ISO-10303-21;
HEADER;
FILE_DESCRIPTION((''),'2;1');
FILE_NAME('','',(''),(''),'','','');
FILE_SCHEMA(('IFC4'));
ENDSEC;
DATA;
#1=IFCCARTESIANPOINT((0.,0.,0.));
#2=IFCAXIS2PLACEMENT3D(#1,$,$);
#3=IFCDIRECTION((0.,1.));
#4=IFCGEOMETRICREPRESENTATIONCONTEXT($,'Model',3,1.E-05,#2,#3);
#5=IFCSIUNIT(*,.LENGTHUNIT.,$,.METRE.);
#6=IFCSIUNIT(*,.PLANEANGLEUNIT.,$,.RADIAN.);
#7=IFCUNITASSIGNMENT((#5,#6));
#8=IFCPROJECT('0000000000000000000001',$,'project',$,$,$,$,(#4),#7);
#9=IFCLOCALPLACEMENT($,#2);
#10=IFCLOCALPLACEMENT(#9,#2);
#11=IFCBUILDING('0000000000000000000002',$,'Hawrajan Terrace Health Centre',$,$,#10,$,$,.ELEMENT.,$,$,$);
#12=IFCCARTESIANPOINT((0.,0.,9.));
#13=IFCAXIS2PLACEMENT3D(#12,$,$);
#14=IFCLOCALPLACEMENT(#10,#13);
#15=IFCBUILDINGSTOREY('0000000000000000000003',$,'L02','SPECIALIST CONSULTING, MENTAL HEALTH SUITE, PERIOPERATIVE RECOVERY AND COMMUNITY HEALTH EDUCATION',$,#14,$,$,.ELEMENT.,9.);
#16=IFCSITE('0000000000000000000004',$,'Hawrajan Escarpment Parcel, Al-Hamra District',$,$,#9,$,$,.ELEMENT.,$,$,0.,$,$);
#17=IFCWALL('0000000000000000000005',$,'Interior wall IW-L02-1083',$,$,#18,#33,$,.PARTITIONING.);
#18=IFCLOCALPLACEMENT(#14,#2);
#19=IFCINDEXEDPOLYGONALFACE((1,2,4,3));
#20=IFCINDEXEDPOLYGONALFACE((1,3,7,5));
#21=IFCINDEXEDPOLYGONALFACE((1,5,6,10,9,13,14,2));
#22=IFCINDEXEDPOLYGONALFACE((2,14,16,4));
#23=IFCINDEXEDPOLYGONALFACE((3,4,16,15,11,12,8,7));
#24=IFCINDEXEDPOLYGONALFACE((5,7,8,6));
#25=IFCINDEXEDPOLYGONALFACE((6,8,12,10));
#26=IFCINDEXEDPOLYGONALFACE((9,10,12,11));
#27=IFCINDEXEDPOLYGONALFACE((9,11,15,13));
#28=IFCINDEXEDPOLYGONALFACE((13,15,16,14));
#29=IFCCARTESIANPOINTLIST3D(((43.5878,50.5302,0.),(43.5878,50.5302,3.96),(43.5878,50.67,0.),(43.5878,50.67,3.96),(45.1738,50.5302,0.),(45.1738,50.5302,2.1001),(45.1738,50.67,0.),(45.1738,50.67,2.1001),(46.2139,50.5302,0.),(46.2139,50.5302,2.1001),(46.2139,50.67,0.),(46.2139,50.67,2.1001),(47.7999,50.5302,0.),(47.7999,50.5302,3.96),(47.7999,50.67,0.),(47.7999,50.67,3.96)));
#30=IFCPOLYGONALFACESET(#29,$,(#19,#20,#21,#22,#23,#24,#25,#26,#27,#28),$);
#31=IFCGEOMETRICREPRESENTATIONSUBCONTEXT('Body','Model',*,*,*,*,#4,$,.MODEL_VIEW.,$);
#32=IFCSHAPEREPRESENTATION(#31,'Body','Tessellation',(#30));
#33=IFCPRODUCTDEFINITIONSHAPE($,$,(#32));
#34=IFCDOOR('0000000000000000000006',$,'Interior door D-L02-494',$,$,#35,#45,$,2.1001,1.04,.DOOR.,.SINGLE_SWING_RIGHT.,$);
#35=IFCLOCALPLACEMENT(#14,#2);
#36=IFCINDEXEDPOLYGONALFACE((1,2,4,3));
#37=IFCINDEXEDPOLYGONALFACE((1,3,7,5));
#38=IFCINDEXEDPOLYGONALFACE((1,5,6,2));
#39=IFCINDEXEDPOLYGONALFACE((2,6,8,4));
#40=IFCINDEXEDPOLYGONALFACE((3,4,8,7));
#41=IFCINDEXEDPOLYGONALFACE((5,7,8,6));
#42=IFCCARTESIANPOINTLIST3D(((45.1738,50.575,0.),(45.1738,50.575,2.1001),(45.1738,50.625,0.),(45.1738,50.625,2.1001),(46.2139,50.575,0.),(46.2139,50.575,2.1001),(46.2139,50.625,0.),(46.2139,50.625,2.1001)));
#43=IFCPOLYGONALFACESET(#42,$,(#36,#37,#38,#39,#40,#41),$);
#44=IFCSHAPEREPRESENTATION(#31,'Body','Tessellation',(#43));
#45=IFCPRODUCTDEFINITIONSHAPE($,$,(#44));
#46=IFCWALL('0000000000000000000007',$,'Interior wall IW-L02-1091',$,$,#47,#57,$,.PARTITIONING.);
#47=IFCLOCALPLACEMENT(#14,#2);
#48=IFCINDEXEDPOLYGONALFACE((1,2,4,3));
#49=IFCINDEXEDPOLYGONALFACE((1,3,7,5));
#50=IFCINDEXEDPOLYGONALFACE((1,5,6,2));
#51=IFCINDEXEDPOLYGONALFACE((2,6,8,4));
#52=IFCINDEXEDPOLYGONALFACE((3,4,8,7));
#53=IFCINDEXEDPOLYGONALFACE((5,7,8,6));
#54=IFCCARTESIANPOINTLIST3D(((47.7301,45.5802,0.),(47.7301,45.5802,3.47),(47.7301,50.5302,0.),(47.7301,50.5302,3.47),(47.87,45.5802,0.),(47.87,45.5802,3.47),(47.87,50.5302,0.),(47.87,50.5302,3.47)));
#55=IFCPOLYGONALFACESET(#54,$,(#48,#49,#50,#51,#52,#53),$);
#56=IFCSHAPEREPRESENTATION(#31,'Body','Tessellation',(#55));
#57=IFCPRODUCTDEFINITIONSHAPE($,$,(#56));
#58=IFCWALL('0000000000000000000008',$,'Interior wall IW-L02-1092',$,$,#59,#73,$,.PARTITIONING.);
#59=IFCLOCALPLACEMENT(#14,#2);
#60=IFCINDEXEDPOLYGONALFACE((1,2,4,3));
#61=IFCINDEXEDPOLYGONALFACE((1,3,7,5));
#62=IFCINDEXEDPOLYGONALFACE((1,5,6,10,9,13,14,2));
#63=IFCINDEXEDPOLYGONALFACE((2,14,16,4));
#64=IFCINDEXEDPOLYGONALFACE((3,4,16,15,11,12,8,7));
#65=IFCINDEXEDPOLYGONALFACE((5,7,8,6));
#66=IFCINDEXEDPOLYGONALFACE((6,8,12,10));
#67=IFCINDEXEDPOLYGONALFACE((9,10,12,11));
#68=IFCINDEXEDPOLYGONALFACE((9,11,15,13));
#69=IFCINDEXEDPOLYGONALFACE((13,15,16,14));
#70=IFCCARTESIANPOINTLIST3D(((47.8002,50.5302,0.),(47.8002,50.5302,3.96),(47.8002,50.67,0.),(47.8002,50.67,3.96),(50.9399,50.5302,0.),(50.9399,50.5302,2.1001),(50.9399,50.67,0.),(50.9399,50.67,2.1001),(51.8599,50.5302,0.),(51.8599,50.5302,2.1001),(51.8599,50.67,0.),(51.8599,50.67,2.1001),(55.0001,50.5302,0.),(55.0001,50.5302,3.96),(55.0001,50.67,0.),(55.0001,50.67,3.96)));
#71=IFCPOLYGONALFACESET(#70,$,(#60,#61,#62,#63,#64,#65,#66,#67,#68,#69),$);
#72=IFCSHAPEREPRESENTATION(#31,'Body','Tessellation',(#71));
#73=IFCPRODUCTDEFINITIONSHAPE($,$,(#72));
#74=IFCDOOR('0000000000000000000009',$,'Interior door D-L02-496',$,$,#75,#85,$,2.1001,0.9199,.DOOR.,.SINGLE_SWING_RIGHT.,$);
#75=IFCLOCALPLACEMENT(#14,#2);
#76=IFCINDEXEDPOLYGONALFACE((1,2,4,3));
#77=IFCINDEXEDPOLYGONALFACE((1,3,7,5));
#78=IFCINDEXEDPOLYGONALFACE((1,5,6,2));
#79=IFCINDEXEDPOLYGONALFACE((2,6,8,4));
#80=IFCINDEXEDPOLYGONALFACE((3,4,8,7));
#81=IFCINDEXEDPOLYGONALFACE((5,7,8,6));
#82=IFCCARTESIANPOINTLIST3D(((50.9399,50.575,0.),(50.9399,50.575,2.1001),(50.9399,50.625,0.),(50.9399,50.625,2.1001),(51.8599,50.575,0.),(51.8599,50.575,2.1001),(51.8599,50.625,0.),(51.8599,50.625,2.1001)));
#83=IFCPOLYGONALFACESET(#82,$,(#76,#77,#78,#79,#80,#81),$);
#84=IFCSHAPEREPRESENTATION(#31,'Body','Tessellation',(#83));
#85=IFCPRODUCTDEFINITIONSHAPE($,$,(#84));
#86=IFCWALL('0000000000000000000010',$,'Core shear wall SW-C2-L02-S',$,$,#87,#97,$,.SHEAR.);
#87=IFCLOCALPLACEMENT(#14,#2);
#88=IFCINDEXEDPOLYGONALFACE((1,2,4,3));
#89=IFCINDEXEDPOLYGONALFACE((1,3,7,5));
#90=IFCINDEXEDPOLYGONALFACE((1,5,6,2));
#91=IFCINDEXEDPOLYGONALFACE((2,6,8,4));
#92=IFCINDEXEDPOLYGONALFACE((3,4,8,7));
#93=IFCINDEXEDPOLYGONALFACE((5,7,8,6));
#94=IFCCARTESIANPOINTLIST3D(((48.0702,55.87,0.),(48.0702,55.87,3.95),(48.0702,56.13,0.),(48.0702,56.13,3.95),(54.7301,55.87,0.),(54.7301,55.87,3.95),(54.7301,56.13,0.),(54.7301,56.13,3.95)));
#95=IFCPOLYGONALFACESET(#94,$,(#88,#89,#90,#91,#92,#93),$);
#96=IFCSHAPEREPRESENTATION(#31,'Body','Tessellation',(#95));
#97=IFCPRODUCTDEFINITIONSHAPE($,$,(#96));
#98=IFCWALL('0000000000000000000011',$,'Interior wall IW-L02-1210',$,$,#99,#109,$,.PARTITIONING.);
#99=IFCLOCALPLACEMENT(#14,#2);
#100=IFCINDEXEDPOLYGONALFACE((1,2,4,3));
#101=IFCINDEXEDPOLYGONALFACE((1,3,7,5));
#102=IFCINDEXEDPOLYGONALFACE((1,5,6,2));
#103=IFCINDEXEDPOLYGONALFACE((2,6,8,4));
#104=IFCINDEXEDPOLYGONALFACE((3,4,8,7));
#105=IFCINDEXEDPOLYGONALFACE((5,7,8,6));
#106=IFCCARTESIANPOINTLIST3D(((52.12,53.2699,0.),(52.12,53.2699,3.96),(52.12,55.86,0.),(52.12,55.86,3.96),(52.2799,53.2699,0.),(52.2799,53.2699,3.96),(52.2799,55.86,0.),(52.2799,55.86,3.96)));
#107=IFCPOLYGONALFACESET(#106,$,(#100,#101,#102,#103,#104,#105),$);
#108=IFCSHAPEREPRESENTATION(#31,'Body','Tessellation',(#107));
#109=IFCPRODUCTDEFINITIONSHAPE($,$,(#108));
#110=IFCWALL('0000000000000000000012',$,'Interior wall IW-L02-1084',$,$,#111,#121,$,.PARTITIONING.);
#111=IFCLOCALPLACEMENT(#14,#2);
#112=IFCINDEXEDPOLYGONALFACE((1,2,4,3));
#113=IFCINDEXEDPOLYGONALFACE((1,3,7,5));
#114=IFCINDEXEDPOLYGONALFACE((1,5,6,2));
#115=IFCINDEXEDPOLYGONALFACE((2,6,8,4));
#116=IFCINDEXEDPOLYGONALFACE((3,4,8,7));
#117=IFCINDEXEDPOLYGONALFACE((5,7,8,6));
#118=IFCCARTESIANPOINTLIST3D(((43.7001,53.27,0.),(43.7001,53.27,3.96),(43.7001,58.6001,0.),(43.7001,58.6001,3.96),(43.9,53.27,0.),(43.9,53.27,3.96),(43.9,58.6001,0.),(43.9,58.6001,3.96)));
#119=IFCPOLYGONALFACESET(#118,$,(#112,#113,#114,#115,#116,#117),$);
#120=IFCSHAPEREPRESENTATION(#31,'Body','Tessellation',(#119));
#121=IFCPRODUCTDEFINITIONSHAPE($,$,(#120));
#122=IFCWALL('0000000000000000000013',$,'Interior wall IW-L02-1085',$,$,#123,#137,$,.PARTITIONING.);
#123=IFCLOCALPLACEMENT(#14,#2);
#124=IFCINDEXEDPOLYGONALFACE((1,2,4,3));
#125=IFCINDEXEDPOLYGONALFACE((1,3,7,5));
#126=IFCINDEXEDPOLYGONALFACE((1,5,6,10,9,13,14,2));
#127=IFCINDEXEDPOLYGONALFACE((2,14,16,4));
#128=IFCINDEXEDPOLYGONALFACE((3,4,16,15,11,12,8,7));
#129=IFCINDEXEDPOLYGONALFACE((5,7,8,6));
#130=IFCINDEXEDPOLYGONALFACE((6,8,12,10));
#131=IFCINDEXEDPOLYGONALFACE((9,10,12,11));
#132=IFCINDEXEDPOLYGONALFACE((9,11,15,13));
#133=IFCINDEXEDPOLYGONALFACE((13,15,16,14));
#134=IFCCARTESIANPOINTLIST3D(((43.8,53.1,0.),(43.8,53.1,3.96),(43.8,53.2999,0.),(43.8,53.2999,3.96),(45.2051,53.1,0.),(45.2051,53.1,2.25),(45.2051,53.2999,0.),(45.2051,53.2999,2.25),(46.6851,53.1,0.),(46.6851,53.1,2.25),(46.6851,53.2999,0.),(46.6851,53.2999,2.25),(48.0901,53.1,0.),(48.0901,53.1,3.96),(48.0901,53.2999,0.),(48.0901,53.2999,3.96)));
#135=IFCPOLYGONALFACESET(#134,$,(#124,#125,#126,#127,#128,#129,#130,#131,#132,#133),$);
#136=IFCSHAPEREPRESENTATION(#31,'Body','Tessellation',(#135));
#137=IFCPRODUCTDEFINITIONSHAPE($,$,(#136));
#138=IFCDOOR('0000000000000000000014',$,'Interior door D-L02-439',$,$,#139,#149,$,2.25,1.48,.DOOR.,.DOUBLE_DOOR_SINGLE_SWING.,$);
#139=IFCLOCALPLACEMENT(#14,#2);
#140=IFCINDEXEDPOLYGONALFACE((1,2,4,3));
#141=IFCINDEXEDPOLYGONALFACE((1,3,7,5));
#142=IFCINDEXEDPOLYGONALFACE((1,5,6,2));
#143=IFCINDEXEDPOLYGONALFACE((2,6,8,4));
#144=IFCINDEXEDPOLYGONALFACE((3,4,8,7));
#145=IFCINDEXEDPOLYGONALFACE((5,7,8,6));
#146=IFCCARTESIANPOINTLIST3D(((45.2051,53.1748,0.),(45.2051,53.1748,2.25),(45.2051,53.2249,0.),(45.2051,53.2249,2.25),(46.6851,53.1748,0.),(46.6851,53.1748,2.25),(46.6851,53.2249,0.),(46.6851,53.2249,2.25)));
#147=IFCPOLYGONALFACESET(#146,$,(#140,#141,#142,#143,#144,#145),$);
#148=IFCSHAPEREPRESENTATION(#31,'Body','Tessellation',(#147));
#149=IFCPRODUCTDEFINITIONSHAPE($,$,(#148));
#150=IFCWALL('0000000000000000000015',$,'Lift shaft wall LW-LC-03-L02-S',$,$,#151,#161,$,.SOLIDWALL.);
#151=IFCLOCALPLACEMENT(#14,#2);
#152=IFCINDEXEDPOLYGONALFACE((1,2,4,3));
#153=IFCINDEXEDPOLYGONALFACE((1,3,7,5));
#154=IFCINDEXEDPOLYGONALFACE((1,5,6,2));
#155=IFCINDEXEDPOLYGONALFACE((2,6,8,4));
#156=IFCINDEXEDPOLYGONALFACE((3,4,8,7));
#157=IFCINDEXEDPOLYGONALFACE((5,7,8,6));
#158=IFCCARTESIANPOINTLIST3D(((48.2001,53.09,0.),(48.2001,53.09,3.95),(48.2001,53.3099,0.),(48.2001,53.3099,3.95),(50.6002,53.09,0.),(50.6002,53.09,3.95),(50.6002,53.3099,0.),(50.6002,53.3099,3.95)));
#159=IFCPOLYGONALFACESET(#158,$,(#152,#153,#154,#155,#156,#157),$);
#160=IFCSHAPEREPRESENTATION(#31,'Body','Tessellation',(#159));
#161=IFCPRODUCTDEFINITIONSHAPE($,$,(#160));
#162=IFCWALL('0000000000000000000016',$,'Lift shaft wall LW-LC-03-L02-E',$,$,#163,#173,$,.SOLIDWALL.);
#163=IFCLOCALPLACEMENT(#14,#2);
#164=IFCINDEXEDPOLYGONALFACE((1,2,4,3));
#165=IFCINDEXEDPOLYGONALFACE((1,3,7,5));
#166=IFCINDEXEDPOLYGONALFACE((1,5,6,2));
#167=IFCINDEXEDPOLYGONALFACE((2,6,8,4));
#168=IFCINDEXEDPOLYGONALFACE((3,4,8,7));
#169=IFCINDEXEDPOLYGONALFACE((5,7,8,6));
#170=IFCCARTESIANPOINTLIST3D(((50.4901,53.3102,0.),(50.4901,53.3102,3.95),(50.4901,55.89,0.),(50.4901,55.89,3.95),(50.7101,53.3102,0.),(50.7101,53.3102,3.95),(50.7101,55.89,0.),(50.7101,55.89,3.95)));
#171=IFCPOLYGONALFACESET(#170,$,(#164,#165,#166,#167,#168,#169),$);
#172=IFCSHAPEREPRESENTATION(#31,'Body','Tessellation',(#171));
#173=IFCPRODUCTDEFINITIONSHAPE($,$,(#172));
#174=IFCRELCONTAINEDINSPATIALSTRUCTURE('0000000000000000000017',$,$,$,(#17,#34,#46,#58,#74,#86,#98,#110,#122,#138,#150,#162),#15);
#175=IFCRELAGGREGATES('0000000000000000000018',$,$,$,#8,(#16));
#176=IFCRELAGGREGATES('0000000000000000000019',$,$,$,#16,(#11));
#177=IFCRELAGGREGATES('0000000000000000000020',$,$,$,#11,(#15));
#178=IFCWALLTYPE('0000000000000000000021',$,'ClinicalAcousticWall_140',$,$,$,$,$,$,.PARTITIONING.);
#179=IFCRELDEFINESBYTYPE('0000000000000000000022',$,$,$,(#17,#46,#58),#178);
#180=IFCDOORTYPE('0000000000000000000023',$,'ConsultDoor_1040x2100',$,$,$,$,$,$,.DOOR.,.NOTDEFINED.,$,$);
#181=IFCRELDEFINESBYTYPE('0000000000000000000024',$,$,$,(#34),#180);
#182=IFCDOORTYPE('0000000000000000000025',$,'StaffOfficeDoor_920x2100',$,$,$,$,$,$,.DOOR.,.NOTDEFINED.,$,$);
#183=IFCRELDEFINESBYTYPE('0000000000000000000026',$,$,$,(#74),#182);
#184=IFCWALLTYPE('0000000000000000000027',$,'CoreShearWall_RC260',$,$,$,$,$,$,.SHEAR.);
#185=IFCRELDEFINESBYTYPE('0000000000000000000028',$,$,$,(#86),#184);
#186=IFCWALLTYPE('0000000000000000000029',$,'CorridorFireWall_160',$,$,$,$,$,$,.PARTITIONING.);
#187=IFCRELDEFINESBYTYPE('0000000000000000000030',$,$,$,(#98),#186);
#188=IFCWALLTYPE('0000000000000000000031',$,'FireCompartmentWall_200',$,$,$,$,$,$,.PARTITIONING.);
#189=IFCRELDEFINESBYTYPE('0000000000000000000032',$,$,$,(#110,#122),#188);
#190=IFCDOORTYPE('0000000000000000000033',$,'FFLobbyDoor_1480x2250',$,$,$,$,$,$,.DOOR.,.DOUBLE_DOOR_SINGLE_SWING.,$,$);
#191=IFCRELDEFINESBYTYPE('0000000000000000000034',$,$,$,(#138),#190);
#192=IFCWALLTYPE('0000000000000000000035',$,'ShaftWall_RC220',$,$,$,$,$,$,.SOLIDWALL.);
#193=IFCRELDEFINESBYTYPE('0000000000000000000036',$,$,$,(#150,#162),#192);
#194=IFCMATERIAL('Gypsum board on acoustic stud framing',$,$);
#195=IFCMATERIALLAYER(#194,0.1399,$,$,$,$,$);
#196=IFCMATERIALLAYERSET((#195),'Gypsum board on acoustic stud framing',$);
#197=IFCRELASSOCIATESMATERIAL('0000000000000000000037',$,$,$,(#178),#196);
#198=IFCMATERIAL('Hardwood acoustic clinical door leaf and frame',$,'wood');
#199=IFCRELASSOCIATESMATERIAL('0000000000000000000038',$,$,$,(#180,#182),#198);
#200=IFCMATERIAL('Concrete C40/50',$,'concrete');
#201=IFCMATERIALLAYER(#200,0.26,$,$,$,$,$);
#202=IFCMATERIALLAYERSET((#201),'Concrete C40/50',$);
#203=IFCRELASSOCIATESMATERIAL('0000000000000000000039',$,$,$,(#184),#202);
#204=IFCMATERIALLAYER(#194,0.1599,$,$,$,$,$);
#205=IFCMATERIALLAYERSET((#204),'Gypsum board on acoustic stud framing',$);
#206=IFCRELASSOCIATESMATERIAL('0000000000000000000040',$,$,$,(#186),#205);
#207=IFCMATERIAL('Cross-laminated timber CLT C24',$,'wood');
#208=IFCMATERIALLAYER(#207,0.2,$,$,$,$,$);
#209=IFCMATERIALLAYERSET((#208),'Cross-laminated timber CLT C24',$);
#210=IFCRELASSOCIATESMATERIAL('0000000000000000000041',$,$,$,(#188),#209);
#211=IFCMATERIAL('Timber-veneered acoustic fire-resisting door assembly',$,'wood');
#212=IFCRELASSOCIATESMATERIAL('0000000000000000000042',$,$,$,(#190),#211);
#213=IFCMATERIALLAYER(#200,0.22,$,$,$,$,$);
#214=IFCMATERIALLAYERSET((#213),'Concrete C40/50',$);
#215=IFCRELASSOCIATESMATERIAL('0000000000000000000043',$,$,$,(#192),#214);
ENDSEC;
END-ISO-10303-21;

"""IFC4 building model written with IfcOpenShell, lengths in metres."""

from ifc_helpers import new_model, si_unit, direction, frame, frame_2d, origin, place, context, subcontext, project, spatial, rectangle, extrude, material, layer, layer_set, type_object, element, fill, save


model = new_model("IFC4")

# Units and contexts
model_context = context("Model", 3, precision=1e-05, world=origin(), true_north=direction((0.0, 1.0)))
body_context = subcontext(model_context, "Body", "Model", "MODEL_VIEW")
ifc_project = project(units=[si_unit("LENGTHUNIT", "METRE"), si_unit("PLANEANGLEUNIT", "RADIAN")], contexts=[model_context])

# Site, building, storey
site_placement = place(None, origin())
site = spatial("IfcSite", under=ifc_project, at=site_placement, Name="Hawrajan Escarpment Parcel, Al-Hamra District", CompositionType="ELEMENT", RefElevation=0.0)
building_placement = place(site_placement, origin())
building = spatial("IfcBuilding", under=site, at=building_placement, Name="Hawrajan Terrace Health Centre", CompositionType="ELEMENT")
storey_placement = place(building_placement, frame((0.0, 0.0, 9.0)))
storey = spatial("IfcBuildingStorey", under=building, at=storey_placement, Name="L02", Description="SPECIALIST CONSULTING, MENTAL HEALTH SUITE, PERIOPERATIVE RECOVERY AND COMMUNITY HEALTH EDUCATION", CompositionType="ELEMENT", Elevation=9.0)

# Wall, opening, door
ifc_material_1 = material(Name="Gypsum board on acoustic stud framing")
ifc_layer_1 = layer(ifc_material_1, 0.1399)
ifc_layer_set_1 = layer_set([ifc_layer_1], Name="Gypsum board on acoustic stud framing")
wall_type_1 = type_object("IfcWallType", Name="ClinicalAcousticWall_140", PredefinedType="PARTITIONING", material=ifc_layer_set_1)
wall_1_placement = place(storey_placement, frame((43.5879, 50.6001, 0.0), z_axis=(0.0, 0.0, 1.0), x_axis=(1.0, 0.0, 0.0)))
wall_1 = element("IfcWall", 1, at=wall_1_placement, inside=storey, type_object=wall_type_1, Name="Interior wall IW-L02-1083", PredefinedType="PARTITIONING", context=body_context, shape_type="SweptSolid", body=[
    extrude(rectangle(XDim=4.2122, YDim=0.1399, at=frame_2d((2.106, 0.0))), origin(), (0.0, 0.0, 1.0), 3.96),
])
opening_1_placement = place(wall_1_placement, frame((1.5859, 0.0, 0.0)))
opening_1 = element("IfcOpeningElement", 2, at=opening_1_placement, cuts=wall_1, PredefinedType="OPENING", context=body_context, shape_type="SweptSolid", body=[
    extrude(rectangle(XDim=1.04, YDim=2.1001, at=frame_2d((0.52, 1.05))), frame((0.0, 0.0798, 0.0), z_axis=(0.0, -1.0, 0.0), x_axis=(1.0, 0.0, 0.0)), (0.0, 0.0, 1.0), 0.1599),
])
ifc_material_2 = material(Name="Hardwood acoustic clinical door leaf and frame", Category="wood")
door_type_1 = type_object("IfcDoorType", Name="ConsultDoor_1040x2100", OperationType="NOTDEFINED", PredefinedType="DOOR", material=ifc_material_2)
door_1_placement = place(opening_1_placement, origin())
door_1 = element("IfcDoor", 3, at=door_1_placement, inside=storey, type_object=door_type_1, Name="Interior door D-L02-494", OperationType="SINGLE_SWING_RIGHT", OverallHeight=2.1001, OverallWidth=1.04, PredefinedType="DOOR", context=body_context, shape_type="SweptSolid", body=[
    extrude(rectangle(XDim=1.04, YDim=2.1001, at=frame_2d((0.52, 1.05))), frame((0.0, 0.0249, 0.0), z_axis=(0.0, -1.0, 0.0), x_axis=(1.0, 0.0, 0.0)), (0.0, 0.0, 1.0), 0.05),
])
fill(opening_1, door_1)

# Wall
wall_2_placement = place(storey_placement, frame((47.8, 45.5801, 0.0), z_axis=(0.0, 0.0, 1.0), x_axis=(0.0, 1.0, 0.0)))
element("IfcWall", 4, at=wall_2_placement, inside=storey, type_object=wall_type_1, Name="Interior wall IW-L02-1091", PredefinedType="PARTITIONING", context=body_context, shape_type="SweptSolid", body=[
    extrude(rectangle(XDim=4.95, YDim=0.1399, at=frame_2d((2.4751, 0.0))), origin(), (0.0, 0.0, 1.0), 3.47),
])

# Wall, opening, door
wall_3_placement = place(storey_placement, frame((47.8, 50.6001, 0.0), z_axis=(0.0, 0.0, 1.0), x_axis=(1.0, 0.0, 0.0)))
wall_3 = element("IfcWall", 5, at=wall_3_placement, inside=storey, type_object=wall_type_1, Name="Interior wall IW-L02-1092", PredefinedType="PARTITIONING", context=body_context, shape_type="SweptSolid", body=[
    extrude(rectangle(XDim=7.2, YDim=0.1399, at=frame_2d((3.6001, 0.0))), origin(), (0.0, 0.0, 1.0), 3.96),
])
opening_2_placement = place(wall_3_placement, frame((3.1399, 0.0, 0.0)))
opening_2 = element("IfcOpeningElement", 6, at=opening_2_placement, cuts=wall_3, PredefinedType="OPENING", context=body_context, shape_type="SweptSolid", body=[
    extrude(rectangle(XDim=0.9199, YDim=2.1001, at=frame_2d((0.46, 1.05))), frame((0.0, 0.0798, 0.0), z_axis=(0.0, -1.0, 0.0), x_axis=(1.0, 0.0, 0.0)), (0.0, 0.0, 1.0), 0.1599),
])
door_type_2 = type_object("IfcDoorType", Name="StaffOfficeDoor_920x2100", OperationType="NOTDEFINED", PredefinedType="DOOR", material=ifc_material_2)
door_2_placement = place(opening_2_placement, origin())
door_2 = element("IfcDoor", 7, at=door_2_placement, inside=storey, type_object=door_type_2, Name="Interior door D-L02-496", OperationType="SINGLE_SWING_RIGHT", OverallHeight=2.1001, OverallWidth=0.9199, PredefinedType="DOOR", context=body_context, shape_type="SweptSolid", body=[
    extrude(rectangle(XDim=0.9199, YDim=2.1001, at=frame_2d((0.46, 1.05))), frame((0.0, 0.0249, 0.0), z_axis=(0.0, -1.0, 0.0), x_axis=(1.0, 0.0, 0.0)), (0.0, 0.0, 1.0), 0.05),
])
fill(opening_2, door_2)

# Walls
ifc_material_3 = material(Name="Concrete C40/50", Category="concrete")
ifc_layer_2 = layer(ifc_material_3, 0.26)
ifc_layer_set_2 = layer_set([ifc_layer_2], Name="Concrete C40/50")
wall_type_2 = type_object("IfcWallType", Name="CoreShearWall_RC260", PredefinedType="SHEAR", material=ifc_layer_set_2)
wall_4_placement = place(storey_placement, frame((48.0701, 56.0, 0.0), z_axis=(0.0, 0.0, 1.0), x_axis=(1.0, 0.0, 0.0)))
element("IfcWall", 8, at=wall_4_placement, inside=storey, type_object=wall_type_2, Name="Core shear wall SW-C2-L02-S", PredefinedType="SHEAR", context=body_context, shape_type="SweptSolid", body=[
    extrude(rectangle(XDim=6.6599, YDim=0.26, at=frame_2d((3.3301, 0.0))), origin(), (0.0, 0.0, 1.0), 3.95),
])
ifc_layer_3 = layer(ifc_material_1, 0.1599)
ifc_layer_set_3 = layer_set([ifc_layer_3], Name="Gypsum board on acoustic stud framing")
wall_type_3 = type_object("IfcWallType", Name="CorridorFireWall_160", PredefinedType="PARTITIONING", material=ifc_layer_set_3)
wall_5_placement = place(storey_placement, frame((52.2, 53.27, 0.0), z_axis=(0.0, 0.0, 1.0), x_axis=(0.0, 1.0, 0.0)))
element("IfcWall", 9, at=wall_5_placement, inside=storey, type_object=wall_type_3, Name="Interior wall IW-L02-1210", PredefinedType="PARTITIONING", context=body_context, shape_type="SweptSolid", body=[
    extrude(rectangle(XDim=2.5901, YDim=0.1599, at=frame_2d((1.2949, 0.0))), origin(), (0.0, 0.0, 1.0), 3.96),
])
ifc_material_4 = material(Name="Cross-laminated timber CLT C24", Category="wood")
ifc_layer_4 = layer(ifc_material_4, 0.2)
ifc_layer_set_4 = layer_set([ifc_layer_4], Name="Cross-laminated timber CLT C24")
wall_type_4 = type_object("IfcWallType", Name="FireCompartmentWall_200", PredefinedType="PARTITIONING", material=ifc_layer_set_4)
wall_6_placement = place(storey_placement, frame((43.8, 53.27, 0.0), z_axis=(0.0, 0.0, 1.0), x_axis=(0.0, 1.0, 0.0)))
element("IfcWall", 10, at=wall_6_placement, inside=storey, type_object=wall_type_4, Name="Interior wall IW-L02-1084", PredefinedType="PARTITIONING", context=body_context, shape_type="SweptSolid", body=[
    extrude(rectangle(XDim=5.3301, YDim=0.2, at=frame_2d((2.665, 0.0))), origin(), (0.0, 0.0, 1.0), 3.96),
])

# Wall, opening, door
wall_7_placement = place(storey_placement, frame((43.8, 53.2, 0.0), z_axis=(0.0, 0.0, 1.0), x_axis=(1.0, 0.0, 0.0)))
wall_7 = element("IfcWall", 11, at=wall_7_placement, inside=storey, type_object=wall_type_4, Name="Interior wall IW-L02-1085", PredefinedType="PARTITIONING", context=body_context, shape_type="SweptSolid", body=[
    extrude(rectangle(XDim=4.29, YDim=0.2, at=frame_2d((2.145, 0.0))), origin(), (0.0, 0.0, 1.0), 3.96),
])
opening_3_placement = place(wall_7_placement, frame((1.405, 0.0, 0.0)))
opening_3 = element("IfcOpeningElement", 12, at=opening_3_placement, cuts=wall_7, PredefinedType="OPENING", context=body_context, shape_type="SweptSolid", body=[
    extrude(rectangle(XDim=1.48, YDim=2.25, at=frame_2d((0.74, 1.125))), frame((0.0, 0.1099, 0.0), z_axis=(0.0, -1.0, 0.0), x_axis=(1.0, 0.0, 0.0)), (0.0, 0.0, 1.0), 0.22),
])
ifc_material_5 = material(Name="Timber-veneered acoustic fire-resisting door assembly", Category="wood")
door_type_3 = type_object("IfcDoorType", Name="FFLobbyDoor_1480x2250", OperationType="DOUBLE_DOOR_SINGLE_SWING", PredefinedType="DOOR", material=ifc_material_5)
door_3_placement = place(opening_3_placement, origin())
door_3 = element("IfcDoor", 13, at=door_3_placement, inside=storey, type_object=door_type_3, Name="Interior door D-L02-439", OperationType="DOUBLE_DOOR_SINGLE_SWING", OverallHeight=2.25, OverallWidth=1.48, PredefinedType="DOOR", context=body_context, shape_type="SweptSolid", body=[
    extrude(rectangle(XDim=1.48, YDim=2.25, at=frame_2d((0.74, 1.125))), frame((0.0, 0.0249, 0.0), z_axis=(0.0, -1.0, 0.0), x_axis=(1.0, 0.0, 0.0)), (0.0, 0.0, 1.0), 0.05),
])
fill(opening_3, door_3)

# Wall
ifc_layer_5 = layer(ifc_material_3, 0.22)
ifc_layer_set_5 = layer_set([ifc_layer_5], Name="Concrete C40/50")
wall_type_5 = type_object("IfcWallType", Name="ShaftWall_RC220", PredefinedType="SOLIDWALL", material=ifc_layer_set_5)
wall_8_placement = place(storey_placement, frame((48.2, 53.2, 0.0), z_axis=(0.0, 0.0, 1.0), x_axis=(1.0, 0.0, 0.0)))
element("IfcWall", 14, at=wall_8_placement, inside=storey, type_object=wall_type_5, Name="Lift shaft wall LW-LC-03-L02-S", PredefinedType="SOLIDWALL", context=body_context, shape_type="SweptSolid", body=[
    extrude(rectangle(XDim=2.4001, YDim=0.22, at=frame_2d((1.2002, 0.0))), origin(), (0.0, 0.0, 1.0), 3.95),
])

# Wall
wall_9_placement = place(storey_placement, frame((50.6001, 53.3101, 0.0), z_axis=(0.0, 0.0, 1.0), x_axis=(0.0, 1.0, 0.0)))
element("IfcWall", 15, at=wall_9_placement, inside=storey, type_object=wall_type_5, Name="Lift shaft wall LW-LC-03-L02-E", PredefinedType="SOLIDWALL", context=body_context, shape_type="SweptSolid", body=[
    extrude(rectangle(XDim=2.5798, YDim=0.22, at=frame_2d((1.29, 0.0))), origin(), (0.0, 0.0, 1.0), 3.95),
])

save(model, "model.ifc")
